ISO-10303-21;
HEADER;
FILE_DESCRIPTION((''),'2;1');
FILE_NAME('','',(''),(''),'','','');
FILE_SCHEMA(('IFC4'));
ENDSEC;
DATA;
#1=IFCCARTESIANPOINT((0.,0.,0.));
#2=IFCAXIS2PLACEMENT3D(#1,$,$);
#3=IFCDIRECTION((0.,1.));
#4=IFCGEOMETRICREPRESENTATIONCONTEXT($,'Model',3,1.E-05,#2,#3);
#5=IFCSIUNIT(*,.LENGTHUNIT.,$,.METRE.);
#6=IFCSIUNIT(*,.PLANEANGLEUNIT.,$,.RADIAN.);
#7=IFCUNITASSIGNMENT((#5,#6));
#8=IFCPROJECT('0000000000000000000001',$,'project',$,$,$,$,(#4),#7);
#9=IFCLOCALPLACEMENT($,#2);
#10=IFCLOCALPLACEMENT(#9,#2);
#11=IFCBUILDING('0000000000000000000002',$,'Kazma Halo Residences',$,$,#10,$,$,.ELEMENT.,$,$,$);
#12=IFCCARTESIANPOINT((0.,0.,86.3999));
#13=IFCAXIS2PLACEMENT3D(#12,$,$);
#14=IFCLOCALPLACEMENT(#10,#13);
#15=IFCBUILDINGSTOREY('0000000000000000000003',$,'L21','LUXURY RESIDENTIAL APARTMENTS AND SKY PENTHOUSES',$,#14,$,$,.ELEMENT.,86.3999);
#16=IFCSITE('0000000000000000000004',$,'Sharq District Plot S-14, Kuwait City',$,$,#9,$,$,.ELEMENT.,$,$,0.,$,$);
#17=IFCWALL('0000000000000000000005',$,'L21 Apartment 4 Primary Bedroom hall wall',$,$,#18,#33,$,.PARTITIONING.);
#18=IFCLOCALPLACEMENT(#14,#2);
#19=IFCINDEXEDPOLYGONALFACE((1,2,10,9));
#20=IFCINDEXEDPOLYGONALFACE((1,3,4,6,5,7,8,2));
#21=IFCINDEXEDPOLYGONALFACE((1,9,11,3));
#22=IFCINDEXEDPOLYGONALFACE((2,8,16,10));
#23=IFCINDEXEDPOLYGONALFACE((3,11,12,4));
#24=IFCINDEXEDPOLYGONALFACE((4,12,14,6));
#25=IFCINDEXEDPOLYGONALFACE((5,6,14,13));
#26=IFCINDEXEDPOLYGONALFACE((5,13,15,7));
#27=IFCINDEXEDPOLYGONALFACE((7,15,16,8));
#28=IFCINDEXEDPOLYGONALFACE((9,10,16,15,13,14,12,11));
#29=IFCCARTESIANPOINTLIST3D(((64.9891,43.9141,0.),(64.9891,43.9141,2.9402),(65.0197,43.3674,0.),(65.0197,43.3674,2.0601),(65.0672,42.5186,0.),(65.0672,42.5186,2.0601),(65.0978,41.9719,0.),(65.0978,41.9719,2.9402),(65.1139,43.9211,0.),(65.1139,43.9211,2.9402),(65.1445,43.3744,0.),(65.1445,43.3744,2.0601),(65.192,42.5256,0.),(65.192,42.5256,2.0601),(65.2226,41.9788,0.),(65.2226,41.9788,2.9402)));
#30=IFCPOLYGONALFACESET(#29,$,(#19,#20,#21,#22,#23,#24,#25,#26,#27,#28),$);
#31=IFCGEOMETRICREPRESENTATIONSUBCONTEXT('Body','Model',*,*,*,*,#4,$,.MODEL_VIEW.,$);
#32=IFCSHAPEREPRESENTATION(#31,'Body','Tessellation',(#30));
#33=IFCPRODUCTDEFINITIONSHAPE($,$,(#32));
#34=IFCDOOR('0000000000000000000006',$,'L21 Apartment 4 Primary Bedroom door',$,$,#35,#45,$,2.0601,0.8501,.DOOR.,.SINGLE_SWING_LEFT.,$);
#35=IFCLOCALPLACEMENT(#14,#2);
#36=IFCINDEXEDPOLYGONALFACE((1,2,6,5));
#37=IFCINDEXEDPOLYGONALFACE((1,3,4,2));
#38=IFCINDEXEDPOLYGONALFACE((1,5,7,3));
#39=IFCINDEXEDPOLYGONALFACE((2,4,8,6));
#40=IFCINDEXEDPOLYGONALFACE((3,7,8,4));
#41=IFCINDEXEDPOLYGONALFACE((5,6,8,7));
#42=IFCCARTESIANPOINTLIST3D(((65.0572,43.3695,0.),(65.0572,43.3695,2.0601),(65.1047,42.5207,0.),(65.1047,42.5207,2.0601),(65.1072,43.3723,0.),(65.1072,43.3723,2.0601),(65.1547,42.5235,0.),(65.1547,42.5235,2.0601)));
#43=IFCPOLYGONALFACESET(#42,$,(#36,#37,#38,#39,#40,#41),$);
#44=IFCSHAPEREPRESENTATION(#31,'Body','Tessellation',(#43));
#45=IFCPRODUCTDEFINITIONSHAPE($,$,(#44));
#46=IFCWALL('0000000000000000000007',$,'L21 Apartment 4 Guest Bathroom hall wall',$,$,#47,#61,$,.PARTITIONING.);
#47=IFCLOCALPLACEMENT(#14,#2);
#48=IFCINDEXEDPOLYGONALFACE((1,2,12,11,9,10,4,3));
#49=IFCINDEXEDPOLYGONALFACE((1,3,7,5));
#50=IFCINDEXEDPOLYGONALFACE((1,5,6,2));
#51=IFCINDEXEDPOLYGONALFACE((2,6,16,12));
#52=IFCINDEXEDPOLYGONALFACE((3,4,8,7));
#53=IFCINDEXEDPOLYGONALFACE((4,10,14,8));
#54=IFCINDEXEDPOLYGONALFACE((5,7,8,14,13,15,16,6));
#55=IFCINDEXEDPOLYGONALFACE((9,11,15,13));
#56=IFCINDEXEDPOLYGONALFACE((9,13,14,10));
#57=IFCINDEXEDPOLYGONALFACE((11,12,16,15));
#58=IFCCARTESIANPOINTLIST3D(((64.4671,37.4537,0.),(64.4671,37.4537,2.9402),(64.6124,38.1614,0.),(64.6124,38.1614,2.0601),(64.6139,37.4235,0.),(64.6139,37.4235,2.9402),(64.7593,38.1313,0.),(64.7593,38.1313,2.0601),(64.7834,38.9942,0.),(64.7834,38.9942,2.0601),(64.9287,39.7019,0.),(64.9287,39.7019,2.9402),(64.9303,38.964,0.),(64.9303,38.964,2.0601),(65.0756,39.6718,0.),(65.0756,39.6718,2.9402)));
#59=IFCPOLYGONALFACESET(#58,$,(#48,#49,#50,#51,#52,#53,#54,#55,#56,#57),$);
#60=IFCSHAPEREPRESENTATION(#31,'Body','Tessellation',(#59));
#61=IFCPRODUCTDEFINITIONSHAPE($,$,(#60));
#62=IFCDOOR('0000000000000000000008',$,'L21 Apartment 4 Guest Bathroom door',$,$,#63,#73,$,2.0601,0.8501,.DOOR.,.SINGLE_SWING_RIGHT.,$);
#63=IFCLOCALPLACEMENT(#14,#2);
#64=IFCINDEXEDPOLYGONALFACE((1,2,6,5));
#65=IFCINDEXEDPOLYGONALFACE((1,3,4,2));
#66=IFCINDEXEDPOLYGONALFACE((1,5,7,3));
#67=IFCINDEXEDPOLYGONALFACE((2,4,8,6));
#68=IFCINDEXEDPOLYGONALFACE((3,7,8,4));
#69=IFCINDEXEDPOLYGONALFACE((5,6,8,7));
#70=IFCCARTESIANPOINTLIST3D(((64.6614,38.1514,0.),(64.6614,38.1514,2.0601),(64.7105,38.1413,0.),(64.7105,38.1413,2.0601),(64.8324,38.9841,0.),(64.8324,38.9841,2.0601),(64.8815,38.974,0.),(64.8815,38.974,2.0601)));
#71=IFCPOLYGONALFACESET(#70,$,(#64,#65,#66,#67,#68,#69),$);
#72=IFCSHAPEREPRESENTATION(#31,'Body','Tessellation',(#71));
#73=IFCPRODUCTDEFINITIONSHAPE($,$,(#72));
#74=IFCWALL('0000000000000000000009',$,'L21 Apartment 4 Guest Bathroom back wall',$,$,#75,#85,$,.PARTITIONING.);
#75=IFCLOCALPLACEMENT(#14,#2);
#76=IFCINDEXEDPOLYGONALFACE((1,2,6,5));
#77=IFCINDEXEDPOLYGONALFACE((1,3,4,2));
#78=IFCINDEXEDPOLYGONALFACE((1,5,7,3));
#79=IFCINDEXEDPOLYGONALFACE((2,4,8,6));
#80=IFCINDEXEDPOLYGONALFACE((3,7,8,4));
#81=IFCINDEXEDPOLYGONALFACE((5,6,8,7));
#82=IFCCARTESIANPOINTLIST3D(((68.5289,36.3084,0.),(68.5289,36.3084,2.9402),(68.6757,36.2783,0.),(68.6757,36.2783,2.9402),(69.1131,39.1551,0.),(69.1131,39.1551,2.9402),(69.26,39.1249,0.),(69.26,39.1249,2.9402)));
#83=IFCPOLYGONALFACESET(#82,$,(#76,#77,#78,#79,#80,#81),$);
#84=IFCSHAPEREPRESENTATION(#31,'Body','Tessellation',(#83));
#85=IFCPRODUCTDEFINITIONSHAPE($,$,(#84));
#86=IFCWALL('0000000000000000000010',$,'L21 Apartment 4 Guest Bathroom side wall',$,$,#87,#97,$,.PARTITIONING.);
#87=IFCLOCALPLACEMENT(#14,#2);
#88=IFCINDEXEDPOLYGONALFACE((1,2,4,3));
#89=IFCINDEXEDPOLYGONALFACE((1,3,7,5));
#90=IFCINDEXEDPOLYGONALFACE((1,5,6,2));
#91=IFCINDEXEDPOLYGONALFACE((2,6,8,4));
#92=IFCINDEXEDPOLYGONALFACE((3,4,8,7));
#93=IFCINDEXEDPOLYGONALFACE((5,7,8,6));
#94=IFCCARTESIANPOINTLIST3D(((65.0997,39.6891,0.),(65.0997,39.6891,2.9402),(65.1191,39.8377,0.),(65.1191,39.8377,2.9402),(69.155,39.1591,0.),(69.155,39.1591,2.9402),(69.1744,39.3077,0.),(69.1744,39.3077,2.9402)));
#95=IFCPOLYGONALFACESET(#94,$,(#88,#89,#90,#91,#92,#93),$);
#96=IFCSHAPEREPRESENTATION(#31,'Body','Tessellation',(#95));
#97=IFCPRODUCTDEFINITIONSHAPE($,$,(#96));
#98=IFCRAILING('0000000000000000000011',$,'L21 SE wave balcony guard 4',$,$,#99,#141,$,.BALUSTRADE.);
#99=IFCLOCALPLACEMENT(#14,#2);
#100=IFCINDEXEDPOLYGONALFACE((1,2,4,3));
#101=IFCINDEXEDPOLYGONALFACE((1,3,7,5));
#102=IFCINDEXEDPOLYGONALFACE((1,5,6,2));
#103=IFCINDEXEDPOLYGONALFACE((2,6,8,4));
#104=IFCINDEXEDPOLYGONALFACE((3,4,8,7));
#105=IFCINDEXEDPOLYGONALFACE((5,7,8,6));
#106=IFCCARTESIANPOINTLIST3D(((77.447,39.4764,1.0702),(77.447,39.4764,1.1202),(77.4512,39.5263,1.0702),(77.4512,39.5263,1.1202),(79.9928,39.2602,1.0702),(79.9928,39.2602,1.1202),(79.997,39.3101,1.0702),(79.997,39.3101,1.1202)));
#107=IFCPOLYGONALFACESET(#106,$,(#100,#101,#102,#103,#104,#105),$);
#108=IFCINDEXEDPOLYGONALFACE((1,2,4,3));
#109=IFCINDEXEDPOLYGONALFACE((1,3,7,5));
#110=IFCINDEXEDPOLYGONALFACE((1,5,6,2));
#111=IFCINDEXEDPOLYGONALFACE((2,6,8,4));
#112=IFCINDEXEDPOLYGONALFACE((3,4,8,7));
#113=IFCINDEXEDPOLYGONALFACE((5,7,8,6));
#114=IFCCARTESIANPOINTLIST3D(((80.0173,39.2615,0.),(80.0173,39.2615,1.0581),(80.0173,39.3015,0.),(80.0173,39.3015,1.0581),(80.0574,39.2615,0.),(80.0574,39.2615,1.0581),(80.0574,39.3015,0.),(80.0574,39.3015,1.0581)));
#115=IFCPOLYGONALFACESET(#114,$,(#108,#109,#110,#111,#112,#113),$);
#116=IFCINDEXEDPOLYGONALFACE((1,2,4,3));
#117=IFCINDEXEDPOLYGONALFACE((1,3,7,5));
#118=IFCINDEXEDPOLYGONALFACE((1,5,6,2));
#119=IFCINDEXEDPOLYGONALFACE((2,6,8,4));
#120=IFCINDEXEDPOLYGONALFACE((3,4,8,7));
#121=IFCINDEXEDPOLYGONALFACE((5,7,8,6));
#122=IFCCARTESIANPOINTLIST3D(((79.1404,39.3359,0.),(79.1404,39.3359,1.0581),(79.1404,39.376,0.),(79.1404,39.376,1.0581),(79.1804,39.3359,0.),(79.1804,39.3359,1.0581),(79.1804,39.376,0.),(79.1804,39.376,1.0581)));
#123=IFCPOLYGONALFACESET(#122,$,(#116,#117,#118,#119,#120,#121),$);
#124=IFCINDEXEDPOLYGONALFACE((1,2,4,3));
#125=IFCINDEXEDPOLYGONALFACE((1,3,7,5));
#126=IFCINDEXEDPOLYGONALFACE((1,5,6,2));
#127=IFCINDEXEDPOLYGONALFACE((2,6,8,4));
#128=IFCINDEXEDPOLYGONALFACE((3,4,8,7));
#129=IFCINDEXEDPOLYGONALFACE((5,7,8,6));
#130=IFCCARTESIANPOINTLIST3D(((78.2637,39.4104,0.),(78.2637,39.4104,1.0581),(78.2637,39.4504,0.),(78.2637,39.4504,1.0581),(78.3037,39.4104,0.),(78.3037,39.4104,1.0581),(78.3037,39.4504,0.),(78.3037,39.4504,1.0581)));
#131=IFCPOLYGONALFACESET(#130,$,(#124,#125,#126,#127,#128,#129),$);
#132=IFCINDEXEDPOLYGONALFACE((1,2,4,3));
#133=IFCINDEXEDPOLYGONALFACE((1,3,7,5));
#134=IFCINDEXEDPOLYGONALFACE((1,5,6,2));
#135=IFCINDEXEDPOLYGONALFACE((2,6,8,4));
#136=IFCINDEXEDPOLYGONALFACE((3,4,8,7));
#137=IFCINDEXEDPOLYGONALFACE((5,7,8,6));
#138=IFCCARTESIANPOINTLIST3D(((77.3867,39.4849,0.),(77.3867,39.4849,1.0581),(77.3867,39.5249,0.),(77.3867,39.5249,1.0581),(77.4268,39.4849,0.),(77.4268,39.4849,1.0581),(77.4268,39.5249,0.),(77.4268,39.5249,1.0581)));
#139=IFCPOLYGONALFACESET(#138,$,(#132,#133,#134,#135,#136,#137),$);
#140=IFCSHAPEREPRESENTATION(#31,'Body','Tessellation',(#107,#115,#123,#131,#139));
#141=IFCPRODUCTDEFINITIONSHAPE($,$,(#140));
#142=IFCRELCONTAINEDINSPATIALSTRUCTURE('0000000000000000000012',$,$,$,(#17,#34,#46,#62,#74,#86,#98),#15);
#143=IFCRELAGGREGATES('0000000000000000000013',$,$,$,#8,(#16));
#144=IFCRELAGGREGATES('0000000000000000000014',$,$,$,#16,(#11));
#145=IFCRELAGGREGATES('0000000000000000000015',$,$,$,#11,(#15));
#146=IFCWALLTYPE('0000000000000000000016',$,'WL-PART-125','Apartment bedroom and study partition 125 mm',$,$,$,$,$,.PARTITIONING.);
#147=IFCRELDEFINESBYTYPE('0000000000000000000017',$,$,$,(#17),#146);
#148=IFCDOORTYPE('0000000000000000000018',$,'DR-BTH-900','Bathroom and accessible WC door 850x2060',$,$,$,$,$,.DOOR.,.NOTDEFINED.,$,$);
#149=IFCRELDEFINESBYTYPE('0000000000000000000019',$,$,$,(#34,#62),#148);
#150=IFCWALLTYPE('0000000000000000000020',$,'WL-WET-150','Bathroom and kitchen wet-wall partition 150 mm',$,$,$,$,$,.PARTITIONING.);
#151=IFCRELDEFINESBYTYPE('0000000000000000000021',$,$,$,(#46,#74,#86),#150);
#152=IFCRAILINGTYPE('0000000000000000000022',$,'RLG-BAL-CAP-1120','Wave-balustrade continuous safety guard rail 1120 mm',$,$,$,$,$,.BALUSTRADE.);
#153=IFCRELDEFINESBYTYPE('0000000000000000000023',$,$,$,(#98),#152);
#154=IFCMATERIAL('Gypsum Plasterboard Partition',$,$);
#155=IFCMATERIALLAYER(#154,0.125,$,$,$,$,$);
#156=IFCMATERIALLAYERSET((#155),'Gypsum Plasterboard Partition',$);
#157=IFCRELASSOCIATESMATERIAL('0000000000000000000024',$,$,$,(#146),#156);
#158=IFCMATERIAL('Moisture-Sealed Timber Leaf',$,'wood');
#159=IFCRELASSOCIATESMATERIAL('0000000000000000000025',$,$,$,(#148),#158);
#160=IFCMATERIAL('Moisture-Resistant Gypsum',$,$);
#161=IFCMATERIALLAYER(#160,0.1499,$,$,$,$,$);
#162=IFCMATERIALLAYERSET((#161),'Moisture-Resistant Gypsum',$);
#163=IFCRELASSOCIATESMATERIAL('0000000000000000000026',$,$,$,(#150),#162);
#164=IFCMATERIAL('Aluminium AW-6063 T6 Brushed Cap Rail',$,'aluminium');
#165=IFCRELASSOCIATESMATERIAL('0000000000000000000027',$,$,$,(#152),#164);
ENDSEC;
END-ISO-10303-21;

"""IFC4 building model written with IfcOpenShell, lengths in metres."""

from ifc_helpers import new_model, si_unit, direction, frame, frame_2d, origin, origin_2d, place, context, subcontext, project, spatial, rectangle, extrude, material, layer, layer_set, type_object, element, fill, save


model = new_model("IFC4")

# Units and contexts
model_context = context("Model", 3, precision=1e-05, world=origin(), true_north=direction((0.0, 1.0)))
body_context = subcontext(model_context, "Body", "Model", "MODEL_VIEW")
ifc_project = project(units=[si_unit("LENGTHUNIT", "METRE"), si_unit("PLANEANGLEUNIT", "RADIAN")], contexts=[model_context])

# Site, building, storey
site_placement = place(None, origin())
site = spatial("IfcSite", under=ifc_project, at=site_placement, Name="Sharq District Plot S-14, Kuwait City", CompositionType="ELEMENT", RefElevation=0.0)
building_placement = place(site_placement, origin())
building = spatial("IfcBuilding", under=site, at=building_placement, Name="Kazma Halo Residences", CompositionType="ELEMENT")
storey_placement = place(building_placement, frame((0.0, 0.0, 86.3999)))
storey = spatial("IfcBuildingStorey", under=building, at=storey_placement, Name="L21", Description="LUXURY RESIDENTIAL APARTMENTS AND SKY PENTHOUSES", CompositionType="ELEMENT", Elevation=86.3999)

# Shared definitions
ifc_material_1 = material(Name="Gypsum Plasterboard Partition")
ifc_layer_1 = layer(ifc_material_1, 0.125)
ifc_layer_set_1 = layer_set([ifc_layer_1], Name="Gypsum Plasterboard Partition")
wall_type_1 = type_object("IfcWallType", Name="WL-PART-125", Description="Apartment bedroom and study partition 125 mm", PredefinedType="PARTITIONING", material=ifc_layer_set_1)

# Shared definitions
ifc_material_2 = material(Name="Moisture-Sealed Timber Leaf", Category="wood")
door_type = type_object("IfcDoorType", Name="DR-BTH-900", Description="Bathroom and accessible WC door 850x2060", OperationType="NOTDEFINED", PredefinedType="DOOR", material=ifc_material_2)

# Walls, openings, doors
wall_1_placement = place(storey_placement, frame((65.1602, 41.9753, 0.0), z_axis=(0.0, 0.0, 1.0), x_axis=(-0.055845, 0.998439, 0.0)))
wall_1 = element("IfcWall", 1, at=wall_1_placement, inside=storey, type_object=wall_type_1, Name="L21 Apartment 4 Primary Bedroom hall wall", PredefinedType="PARTITIONING", context=body_context, shape_type="SweptSolid", body=[
    extrude(rectangle(XDim=1.9453, YDim=0.125, at=frame_2d((0.9727, 0.0))), origin(), (0.0, 0.0, 1.0), 2.9402),
])
opening_1_placement = place(wall_1_placement, frame((0.5476, 0.0, 0.0)))
opening_1 = element("IfcOpeningElement", 2, at=opening_1_placement, cuts=wall_1, PredefinedType="OPENING", context=body_context, shape_type="SweptSolid", body=[
    extrude(rectangle(XDim=0.8501, YDim=2.0601, at=frame_2d((0.425, 1.03))), frame((0.0, 0.0725, 0.0), z_axis=(0.0, -1.0, 0.0), x_axis=(1.0, 0.0, 0.0)), (0.0, 0.0, 1.0), 0.145),
])
door_1_placement = place(opening_1_placement, origin())
door_1 = element("IfcDoor", 3, at=door_1_placement, inside=storey, type_object=door_type, Name="L21 Apartment 4 Primary Bedroom door", OperationType="SINGLE_SWING_LEFT", OverallHeight=2.0601, OverallWidth=0.8501, PredefinedType="DOOR", context=body_context, shape_type="SweptSolid", body=[
    extrude(rectangle(XDim=0.8501, YDim=2.0601, at=frame_2d((0.425, 1.03))), frame((0.0, 0.0249, 0.0), z_axis=(0.0, -1.0, 0.0), x_axis=(1.0, 0.0, 0.0)), (0.0, 0.0, 1.0), 0.05),
])
fill(opening_1, door_1)
ifc_material_3 = material(Name="Moisture-Resistant Gypsum")
ifc_layer_2 = layer(ifc_material_3, 0.1499)
ifc_layer_set_2 = layer_set([ifc_layer_2], Name="Moisture-Resistant Gypsum")
wall_type_2 = type_object("IfcWallType", Name="WL-WET-150", Description="Bathroom and kitchen wet-wall partition 150 mm", PredefinedType="PARTITIONING", material=ifc_layer_set_2)
wall_2_placement = place(storey_placement, frame((64.5405, 37.4387, 0.0), z_axis=(0.0, 0.0, 1.0), x_axis=(0.201146, 0.979561, 0.0)))
wall_2 = element("IfcWall", 4, at=wall_2_placement, inside=storey, type_object=wall_type_2, Name="L21 Apartment 4 Guest Bathroom hall wall", PredefinedType="PARTITIONING", context=body_context, shape_type="SweptSolid", body=[
    extrude(rectangle(XDim=2.2952, YDim=0.1499, at=frame_2d((1.1475, 0.0))), origin(), (0.0, 0.0, 1.0), 2.9402),
])
opening_2_placement = place(wall_2_placement, frame((0.7224, 0.0, 0.0)))
opening_2 = element("IfcOpeningElement", 5, at=opening_2_placement, cuts=wall_2, PredefinedType="OPENING", context=body_context, shape_type="SweptSolid", body=[
    extrude(rectangle(XDim=0.8501, YDim=2.0601, at=frame_2d((0.425, 1.03))), frame((0.0, 0.085, 0.0), z_axis=(0.0, -1.0, 0.0), x_axis=(1.0, 0.0, 0.0)), (0.0, 0.0, 1.0), 0.1699),
])
door_2_placement = place(opening_2_placement, origin())
door_2 = element("IfcDoor", 6, at=door_2_placement, inside=storey, type_object=door_type, Name="L21 Apartment 4 Guest Bathroom door", OperationType="SINGLE_SWING_RIGHT", OverallHeight=2.0601, OverallWidth=0.8501, PredefinedType="DOOR", context=body_context, shape_type="SweptSolid", body=[
    extrude(rectangle(XDim=0.8501, YDim=2.0601, at=frame_2d((0.425, 1.03))), frame((0.0, 0.0249, 0.0), z_axis=(0.0, -1.0, 0.0), x_axis=(1.0, 0.0, 0.0)), (0.0, 0.0, 1.0), 0.05),
])
fill(opening_2, door_2)

# Walls
wall_3_placement = place(storey_placement, frame((68.6023, 36.2932, 0.0), z_axis=(0.0, 0.0, 1.0), x_axis=(0.201041, 0.979583, 0.0)))
element("IfcWall", 7, at=wall_3_placement, inside=storey, type_object=wall_type_2, Name="L21 Apartment 4 Guest Bathroom back wall", PredefinedType="PARTITIONING", context=body_context, shape_type="SweptSolid", body=[
    extrude(rectangle(XDim=2.906, YDim=0.1499, at=frame_2d((1.4531, 0.0))), origin(), (0.0, 0.0, 1.0), 2.9402),
])
wall_4_placement = place(storey_placement, frame((65.1094, 39.7634, 0.0), z_axis=(0.0, 0.0, 1.0), x_axis=(0.991567, -0.129594, 0.0)))
element("IfcWall", 8, at=wall_4_placement, inside=storey, type_object=wall_type_2, Name="L21 Apartment 4 Guest Bathroom side wall", PredefinedType="PARTITIONING", context=body_context, shape_type="SweptSolid", body=[
    extrude(rectangle(XDim=4.0898, YDim=0.1499, at=frame_2d((2.0449, 0.0))), origin(), (0.0, 0.0, 1.0), 2.9402),
])

# Railing
ifc_material_4 = material(Name="Aluminium AW-6063 T6 Brushed Cap Rail", Category="aluminium")
railing_type = type_object("IfcRailingType", Name="RLG-BAL-CAP-1120", Description="Wave-balustrade continuous safety guard rail 1120 mm", PredefinedType="BALUSTRADE", material=ifc_material_4)
railing_placement = place(storey_placement, frame((80.0374, 39.2815, 0.0)))
element("IfcRailing", 9, at=railing_placement, inside=storey, type_object=railing_type, Name="L21 SE wave balcony guard 4", PredefinedType="BALUSTRADE", context=body_context, shape_type="SweptSolid", body=[
    extrude(rectangle(XDim=0.05, YDim=0.05, at=origin_2d()), frame((-0.0425, 0.0037, 1.0952), z_axis=(-0.996414, 0.084614, 0.0), x_axis=(-0.084614, -0.996414, 0.0)), (0.0, 0.0, 1.0), 2.5549),
    extrude(rectangle(XDim=0.04, YDim=0.04, at=origin_2d()), origin(), (0.0, 0.0, 1.0), 1.0581),
    extrude(rectangle(XDim=0.04, YDim=0.04, at=origin_2d()), frame((-0.877, 0.0745, 0.0)), (0.0, 0.0, 1.0), 1.0581),
    extrude(rectangle(XDim=0.04, YDim=0.04, at=origin_2d()), frame((-1.7537, 0.1489, 0.0)), (0.0, 0.0, 1.0), 1.0581),
    extrude(rectangle(XDim=0.04, YDim=0.04, at=origin_2d()), frame((-2.6306, 0.2234, 0.0)), (0.0, 0.0, 1.0), 1.0581),
])

save(model, "model.ifc")
